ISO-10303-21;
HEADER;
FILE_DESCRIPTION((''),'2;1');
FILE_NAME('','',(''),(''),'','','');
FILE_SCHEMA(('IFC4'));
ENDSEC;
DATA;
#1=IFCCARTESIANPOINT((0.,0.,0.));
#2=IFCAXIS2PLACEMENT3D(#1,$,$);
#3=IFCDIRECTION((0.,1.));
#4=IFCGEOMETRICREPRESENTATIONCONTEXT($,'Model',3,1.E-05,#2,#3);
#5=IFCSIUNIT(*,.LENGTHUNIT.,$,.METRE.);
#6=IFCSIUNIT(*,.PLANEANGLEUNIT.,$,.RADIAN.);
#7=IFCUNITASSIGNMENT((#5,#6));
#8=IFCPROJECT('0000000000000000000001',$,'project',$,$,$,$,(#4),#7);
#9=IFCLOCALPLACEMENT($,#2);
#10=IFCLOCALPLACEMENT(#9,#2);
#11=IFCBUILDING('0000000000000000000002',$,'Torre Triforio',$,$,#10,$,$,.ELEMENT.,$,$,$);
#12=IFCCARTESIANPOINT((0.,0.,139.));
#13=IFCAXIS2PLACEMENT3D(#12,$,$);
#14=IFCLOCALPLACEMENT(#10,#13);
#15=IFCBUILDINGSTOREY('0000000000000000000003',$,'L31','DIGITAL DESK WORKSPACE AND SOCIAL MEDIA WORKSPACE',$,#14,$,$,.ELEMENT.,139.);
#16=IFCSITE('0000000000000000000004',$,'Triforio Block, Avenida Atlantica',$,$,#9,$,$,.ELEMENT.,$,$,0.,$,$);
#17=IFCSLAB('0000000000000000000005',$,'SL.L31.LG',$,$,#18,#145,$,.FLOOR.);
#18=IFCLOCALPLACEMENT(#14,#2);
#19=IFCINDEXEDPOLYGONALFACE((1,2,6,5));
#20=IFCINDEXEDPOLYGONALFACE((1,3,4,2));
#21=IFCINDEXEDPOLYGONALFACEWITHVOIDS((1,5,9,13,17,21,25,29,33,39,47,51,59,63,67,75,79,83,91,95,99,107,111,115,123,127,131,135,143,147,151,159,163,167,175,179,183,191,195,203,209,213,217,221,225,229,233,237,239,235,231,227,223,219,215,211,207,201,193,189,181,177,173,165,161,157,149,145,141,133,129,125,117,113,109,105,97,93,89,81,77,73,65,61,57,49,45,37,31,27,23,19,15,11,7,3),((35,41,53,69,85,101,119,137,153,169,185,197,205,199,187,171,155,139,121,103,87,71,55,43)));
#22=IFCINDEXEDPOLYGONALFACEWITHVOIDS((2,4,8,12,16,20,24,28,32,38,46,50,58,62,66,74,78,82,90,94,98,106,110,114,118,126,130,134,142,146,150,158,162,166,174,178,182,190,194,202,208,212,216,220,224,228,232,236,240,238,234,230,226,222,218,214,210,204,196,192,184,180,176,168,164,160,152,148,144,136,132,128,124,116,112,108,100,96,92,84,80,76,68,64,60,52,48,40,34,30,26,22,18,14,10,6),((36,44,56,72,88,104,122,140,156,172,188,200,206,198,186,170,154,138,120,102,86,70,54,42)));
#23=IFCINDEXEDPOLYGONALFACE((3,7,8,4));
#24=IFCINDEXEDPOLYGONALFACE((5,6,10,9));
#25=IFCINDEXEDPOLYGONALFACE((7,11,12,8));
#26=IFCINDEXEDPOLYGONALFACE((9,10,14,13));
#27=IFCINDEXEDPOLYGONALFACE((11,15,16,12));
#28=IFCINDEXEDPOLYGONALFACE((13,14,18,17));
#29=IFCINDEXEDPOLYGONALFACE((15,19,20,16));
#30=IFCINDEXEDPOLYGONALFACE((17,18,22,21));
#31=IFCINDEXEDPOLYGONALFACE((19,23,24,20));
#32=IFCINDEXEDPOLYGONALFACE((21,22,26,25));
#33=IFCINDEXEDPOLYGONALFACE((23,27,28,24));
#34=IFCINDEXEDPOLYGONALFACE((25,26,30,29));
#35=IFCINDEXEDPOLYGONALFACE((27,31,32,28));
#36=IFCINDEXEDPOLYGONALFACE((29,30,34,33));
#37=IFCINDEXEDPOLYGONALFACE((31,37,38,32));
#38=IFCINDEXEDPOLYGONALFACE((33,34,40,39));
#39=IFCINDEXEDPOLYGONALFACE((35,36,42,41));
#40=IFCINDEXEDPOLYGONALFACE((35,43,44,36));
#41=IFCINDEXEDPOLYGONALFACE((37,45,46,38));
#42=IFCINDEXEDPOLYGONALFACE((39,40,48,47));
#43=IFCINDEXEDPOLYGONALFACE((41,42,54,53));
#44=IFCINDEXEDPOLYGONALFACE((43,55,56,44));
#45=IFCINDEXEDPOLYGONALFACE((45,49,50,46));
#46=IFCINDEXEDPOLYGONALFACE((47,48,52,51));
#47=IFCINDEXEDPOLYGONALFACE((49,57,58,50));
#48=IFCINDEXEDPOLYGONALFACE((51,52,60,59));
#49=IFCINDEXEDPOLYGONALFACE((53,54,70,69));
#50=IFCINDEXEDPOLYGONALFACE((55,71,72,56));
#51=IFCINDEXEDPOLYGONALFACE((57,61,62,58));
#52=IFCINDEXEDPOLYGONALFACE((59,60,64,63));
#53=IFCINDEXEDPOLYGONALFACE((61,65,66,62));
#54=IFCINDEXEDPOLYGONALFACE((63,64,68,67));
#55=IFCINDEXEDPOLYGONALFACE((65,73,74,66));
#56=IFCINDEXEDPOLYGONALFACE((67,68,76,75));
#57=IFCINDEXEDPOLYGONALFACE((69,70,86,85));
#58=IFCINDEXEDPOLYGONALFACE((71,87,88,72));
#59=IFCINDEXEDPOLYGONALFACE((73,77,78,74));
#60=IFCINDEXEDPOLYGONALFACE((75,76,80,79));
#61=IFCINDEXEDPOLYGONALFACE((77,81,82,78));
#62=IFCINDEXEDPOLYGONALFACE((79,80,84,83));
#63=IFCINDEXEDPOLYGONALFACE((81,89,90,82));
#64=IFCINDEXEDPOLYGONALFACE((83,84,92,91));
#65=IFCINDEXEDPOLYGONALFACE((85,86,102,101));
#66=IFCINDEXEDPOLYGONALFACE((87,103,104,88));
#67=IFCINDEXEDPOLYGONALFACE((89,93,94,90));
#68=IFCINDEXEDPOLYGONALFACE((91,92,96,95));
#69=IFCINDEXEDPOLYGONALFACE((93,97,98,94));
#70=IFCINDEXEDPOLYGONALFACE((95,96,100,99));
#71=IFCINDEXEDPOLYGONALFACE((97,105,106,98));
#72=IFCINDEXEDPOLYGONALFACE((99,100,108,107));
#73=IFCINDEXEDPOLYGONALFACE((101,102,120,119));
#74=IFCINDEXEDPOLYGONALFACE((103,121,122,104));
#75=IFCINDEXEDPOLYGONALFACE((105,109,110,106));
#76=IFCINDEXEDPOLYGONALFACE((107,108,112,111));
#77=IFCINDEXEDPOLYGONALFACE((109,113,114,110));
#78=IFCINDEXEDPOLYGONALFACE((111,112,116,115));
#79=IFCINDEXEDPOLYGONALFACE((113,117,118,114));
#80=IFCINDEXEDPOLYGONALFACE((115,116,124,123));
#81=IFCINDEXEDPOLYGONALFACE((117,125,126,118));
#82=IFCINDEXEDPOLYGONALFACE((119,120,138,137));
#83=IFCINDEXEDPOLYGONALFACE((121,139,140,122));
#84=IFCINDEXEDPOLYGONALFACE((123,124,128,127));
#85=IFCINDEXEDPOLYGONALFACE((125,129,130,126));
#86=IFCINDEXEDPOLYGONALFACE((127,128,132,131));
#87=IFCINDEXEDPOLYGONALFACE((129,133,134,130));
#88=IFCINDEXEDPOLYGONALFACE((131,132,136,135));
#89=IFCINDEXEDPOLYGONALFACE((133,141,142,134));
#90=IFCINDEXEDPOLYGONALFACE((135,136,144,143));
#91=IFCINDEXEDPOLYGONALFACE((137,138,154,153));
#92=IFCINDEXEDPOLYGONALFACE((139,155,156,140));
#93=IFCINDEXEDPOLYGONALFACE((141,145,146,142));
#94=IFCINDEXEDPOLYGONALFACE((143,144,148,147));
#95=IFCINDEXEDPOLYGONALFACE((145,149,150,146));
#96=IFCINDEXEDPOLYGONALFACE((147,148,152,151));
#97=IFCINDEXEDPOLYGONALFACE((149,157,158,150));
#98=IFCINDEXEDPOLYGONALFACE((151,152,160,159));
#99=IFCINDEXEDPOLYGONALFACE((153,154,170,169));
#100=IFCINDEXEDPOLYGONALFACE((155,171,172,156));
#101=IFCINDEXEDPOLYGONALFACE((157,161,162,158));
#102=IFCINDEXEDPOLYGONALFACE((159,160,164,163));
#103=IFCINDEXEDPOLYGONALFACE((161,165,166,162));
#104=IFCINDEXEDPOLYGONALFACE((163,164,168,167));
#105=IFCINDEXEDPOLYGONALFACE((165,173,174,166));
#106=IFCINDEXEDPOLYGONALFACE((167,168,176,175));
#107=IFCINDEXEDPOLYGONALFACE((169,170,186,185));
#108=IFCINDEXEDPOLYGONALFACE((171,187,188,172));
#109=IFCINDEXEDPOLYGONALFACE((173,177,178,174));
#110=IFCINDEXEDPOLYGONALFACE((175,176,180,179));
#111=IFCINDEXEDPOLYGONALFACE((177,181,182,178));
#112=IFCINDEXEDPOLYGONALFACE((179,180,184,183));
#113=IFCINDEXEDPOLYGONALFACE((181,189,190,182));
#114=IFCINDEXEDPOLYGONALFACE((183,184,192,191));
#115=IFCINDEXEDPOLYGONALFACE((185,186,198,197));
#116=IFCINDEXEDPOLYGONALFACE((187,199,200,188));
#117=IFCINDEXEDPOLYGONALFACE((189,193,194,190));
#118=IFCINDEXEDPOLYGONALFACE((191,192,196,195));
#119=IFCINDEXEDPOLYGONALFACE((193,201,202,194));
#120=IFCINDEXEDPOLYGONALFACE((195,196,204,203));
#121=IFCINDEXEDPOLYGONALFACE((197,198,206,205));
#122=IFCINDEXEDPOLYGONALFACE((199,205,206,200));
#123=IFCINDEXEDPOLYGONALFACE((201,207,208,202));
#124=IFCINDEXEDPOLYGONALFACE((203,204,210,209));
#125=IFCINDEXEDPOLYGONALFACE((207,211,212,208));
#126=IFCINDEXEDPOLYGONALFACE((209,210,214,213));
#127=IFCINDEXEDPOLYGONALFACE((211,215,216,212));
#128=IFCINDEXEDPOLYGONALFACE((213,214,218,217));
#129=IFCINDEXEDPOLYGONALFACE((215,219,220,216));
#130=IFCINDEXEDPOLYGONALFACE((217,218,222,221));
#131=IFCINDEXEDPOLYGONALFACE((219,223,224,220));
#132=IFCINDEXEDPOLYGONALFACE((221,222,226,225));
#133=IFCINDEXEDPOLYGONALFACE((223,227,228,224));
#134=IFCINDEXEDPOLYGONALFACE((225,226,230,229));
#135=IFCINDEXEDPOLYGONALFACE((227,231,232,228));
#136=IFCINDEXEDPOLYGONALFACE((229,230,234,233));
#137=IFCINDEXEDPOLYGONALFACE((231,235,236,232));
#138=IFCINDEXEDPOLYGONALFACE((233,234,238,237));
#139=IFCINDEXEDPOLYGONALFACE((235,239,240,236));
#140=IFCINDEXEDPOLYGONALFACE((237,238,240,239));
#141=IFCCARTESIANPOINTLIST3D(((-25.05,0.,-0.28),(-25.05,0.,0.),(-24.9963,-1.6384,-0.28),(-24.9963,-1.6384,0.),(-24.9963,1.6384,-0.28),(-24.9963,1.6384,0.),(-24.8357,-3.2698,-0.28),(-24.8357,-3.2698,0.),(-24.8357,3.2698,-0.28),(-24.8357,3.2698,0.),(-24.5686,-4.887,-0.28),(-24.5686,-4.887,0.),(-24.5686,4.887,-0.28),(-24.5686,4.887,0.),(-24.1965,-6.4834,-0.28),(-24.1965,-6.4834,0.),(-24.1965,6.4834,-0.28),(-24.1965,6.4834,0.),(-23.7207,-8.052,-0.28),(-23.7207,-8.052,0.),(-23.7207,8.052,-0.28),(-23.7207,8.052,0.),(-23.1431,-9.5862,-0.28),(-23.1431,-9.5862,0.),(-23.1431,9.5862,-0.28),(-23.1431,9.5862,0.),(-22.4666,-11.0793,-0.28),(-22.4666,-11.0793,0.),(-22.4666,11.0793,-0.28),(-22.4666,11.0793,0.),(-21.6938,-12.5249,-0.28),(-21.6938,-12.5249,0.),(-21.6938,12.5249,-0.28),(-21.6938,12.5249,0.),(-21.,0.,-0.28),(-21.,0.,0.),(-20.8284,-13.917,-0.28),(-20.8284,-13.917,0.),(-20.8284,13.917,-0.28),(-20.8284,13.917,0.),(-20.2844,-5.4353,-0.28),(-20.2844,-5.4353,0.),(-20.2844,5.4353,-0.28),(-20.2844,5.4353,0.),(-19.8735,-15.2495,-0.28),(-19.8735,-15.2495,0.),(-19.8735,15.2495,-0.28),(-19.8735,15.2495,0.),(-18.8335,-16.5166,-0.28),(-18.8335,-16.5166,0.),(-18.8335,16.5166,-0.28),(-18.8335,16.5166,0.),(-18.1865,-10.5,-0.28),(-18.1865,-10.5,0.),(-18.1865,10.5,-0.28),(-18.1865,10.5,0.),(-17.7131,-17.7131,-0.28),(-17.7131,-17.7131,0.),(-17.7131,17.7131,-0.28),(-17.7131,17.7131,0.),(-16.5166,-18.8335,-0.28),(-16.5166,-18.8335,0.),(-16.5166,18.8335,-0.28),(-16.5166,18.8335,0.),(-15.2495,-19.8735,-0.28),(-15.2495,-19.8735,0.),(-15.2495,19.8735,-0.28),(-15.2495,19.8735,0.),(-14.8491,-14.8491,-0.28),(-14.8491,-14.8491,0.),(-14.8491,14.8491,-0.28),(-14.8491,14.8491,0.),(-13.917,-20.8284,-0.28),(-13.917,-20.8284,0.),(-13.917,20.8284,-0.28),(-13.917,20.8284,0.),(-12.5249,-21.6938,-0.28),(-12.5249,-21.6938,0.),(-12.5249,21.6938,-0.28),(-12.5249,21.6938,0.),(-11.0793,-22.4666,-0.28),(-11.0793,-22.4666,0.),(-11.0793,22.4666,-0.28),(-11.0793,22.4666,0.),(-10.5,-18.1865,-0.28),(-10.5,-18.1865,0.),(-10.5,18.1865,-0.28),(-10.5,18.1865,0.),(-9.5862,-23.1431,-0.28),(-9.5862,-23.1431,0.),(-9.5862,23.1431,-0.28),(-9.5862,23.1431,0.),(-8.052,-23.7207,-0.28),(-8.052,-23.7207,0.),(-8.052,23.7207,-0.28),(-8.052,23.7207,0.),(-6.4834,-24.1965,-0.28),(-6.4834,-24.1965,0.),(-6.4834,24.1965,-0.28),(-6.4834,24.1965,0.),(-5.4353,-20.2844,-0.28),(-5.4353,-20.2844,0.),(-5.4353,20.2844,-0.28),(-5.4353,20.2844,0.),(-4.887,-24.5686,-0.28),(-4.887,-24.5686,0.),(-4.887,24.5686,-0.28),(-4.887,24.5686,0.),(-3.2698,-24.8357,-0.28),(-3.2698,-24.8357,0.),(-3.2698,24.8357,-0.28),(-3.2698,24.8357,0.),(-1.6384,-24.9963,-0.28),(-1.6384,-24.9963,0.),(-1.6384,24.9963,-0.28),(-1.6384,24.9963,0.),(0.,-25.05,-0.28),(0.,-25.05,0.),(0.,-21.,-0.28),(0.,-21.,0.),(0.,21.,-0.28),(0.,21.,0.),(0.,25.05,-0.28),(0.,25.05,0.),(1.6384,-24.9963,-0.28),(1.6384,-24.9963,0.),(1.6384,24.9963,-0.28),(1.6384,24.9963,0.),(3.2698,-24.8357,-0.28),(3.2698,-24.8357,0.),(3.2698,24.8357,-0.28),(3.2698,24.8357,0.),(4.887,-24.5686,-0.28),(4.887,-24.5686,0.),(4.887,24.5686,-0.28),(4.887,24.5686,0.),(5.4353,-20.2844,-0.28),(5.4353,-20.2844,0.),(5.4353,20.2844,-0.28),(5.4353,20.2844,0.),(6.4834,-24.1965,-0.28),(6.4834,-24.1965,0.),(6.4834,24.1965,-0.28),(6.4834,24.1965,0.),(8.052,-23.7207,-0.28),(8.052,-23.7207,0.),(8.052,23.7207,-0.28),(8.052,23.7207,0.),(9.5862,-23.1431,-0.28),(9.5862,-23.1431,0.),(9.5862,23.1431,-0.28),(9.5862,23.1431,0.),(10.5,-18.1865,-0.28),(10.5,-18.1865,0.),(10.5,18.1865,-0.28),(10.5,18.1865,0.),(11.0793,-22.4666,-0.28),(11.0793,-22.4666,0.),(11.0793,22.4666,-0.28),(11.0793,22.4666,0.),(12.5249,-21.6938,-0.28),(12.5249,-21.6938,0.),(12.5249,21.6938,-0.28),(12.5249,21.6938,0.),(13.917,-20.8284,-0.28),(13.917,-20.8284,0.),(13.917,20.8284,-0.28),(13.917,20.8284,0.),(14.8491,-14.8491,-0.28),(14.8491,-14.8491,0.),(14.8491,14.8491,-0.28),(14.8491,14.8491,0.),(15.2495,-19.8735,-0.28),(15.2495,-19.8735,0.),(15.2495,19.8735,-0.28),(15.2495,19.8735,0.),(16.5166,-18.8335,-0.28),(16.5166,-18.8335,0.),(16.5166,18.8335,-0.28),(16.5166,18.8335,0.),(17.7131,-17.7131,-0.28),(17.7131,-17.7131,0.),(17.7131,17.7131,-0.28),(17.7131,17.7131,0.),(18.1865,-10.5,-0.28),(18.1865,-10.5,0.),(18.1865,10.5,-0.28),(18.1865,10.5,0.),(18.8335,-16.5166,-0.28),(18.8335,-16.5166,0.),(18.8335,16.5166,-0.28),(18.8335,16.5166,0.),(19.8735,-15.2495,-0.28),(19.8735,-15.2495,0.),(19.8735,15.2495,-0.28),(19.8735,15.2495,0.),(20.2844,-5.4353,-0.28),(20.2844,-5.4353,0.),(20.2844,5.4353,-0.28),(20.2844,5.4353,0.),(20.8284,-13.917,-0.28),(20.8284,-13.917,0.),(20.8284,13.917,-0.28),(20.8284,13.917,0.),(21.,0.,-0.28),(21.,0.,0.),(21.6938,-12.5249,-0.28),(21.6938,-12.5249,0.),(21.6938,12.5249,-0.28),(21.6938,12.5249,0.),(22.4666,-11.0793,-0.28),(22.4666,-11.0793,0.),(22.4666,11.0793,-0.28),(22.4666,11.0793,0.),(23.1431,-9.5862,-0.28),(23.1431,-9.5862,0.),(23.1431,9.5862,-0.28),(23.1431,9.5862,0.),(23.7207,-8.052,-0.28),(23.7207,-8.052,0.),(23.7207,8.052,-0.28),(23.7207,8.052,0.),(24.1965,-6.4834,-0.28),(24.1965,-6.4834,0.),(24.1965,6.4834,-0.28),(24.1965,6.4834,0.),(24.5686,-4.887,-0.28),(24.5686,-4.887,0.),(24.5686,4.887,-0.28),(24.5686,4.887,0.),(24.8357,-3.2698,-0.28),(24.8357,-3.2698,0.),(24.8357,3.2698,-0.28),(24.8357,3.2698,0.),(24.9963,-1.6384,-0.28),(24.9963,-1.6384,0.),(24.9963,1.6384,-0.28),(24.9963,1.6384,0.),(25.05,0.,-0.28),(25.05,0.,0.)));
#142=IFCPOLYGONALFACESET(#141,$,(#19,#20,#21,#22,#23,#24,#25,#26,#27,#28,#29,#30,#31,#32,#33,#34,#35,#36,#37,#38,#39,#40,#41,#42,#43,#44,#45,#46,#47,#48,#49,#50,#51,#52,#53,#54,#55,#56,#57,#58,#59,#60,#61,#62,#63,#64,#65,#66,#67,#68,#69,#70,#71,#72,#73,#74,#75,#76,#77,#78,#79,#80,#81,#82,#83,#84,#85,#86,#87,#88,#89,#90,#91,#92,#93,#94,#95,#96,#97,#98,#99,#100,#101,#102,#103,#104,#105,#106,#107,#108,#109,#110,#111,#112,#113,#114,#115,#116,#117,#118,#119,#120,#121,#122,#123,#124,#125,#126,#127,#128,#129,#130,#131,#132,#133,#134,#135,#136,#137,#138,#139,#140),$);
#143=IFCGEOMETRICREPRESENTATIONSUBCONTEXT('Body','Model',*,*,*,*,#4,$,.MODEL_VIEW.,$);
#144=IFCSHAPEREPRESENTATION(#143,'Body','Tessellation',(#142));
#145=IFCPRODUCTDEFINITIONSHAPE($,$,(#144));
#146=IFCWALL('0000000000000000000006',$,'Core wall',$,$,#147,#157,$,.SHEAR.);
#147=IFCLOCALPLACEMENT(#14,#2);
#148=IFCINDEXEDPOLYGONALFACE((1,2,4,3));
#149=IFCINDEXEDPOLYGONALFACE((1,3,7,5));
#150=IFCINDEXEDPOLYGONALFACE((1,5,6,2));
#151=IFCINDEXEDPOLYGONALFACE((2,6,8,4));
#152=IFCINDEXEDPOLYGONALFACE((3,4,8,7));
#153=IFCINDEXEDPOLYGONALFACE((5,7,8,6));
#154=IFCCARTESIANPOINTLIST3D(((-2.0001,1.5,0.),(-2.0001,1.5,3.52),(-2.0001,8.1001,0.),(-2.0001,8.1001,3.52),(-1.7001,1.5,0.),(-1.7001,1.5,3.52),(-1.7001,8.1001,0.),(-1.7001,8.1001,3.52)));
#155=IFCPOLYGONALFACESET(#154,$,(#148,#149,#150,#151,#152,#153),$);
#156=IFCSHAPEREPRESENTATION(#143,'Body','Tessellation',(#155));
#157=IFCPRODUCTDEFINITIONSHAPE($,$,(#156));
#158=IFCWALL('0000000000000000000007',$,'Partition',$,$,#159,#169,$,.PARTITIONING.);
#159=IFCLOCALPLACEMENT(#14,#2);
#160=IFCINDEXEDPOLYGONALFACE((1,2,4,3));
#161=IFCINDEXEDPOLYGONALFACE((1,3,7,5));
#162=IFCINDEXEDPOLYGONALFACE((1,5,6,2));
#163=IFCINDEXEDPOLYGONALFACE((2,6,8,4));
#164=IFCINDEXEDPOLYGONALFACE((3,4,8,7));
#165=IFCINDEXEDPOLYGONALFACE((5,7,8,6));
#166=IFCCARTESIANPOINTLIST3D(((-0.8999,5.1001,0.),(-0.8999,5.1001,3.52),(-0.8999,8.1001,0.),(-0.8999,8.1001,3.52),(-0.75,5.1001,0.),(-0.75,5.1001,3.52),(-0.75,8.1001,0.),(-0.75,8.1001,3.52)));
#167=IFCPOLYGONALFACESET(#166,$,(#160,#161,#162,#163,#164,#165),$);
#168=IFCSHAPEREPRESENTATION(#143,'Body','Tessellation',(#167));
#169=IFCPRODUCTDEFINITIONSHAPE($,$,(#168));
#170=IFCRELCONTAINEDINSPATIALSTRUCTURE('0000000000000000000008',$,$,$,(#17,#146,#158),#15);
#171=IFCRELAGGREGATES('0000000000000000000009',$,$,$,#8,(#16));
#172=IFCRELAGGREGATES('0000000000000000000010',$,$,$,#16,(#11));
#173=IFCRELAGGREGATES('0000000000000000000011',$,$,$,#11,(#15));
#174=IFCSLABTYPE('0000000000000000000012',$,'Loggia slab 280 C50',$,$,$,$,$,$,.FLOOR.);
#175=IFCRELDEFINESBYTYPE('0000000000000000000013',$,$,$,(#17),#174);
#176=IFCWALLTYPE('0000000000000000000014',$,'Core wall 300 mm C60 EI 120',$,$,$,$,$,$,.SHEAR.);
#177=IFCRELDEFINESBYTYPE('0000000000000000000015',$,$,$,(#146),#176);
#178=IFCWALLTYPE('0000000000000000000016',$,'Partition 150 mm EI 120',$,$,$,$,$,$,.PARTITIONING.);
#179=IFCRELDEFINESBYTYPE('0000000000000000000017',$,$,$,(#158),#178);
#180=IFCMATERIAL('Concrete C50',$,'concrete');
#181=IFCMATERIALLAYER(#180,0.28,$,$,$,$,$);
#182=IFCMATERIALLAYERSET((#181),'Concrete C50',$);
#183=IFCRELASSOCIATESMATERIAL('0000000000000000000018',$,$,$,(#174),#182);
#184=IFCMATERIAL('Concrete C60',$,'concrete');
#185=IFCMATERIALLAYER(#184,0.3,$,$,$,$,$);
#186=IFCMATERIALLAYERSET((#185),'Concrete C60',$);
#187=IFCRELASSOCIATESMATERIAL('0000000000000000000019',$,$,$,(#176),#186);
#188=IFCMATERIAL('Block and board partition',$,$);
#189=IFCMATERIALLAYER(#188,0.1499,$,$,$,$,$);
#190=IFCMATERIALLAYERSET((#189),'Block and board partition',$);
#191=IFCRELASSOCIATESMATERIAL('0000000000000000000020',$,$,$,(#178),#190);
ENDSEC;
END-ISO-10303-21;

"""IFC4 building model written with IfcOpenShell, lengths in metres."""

from ifc_helpers import new_model, si_unit, direction, frame, frame_2d, origin, place, context, subcontext, project, spatial, polyline, rectangle, outline, extrude, material, layer, layer_set, type_object, element, save


model = new_model("IFC4")

# Units and contexts
model_context = context("Model", 3, precision=1e-05, world=origin(), true_north=direction((0.0, 1.0)))
body_context = subcontext(model_context, "Body", "Model", "MODEL_VIEW")
ifc_project = project(units=[si_unit("LENGTHUNIT", "METRE"), si_unit("PLANEANGLEUNIT", "RADIAN")], contexts=[model_context])

# Site, building, storey
site_placement = place(None, origin())
site = spatial("IfcSite", under=ifc_project, at=site_placement, Name="Triforio Block, Avenida Atlantica", CompositionType="ELEMENT", RefElevation=0.0)
building_placement = place(site_placement, origin())
building = spatial("IfcBuilding", under=site, at=building_placement, Name="Torre Triforio", CompositionType="ELEMENT")
storey_placement = place(building_placement, frame((0.0, 0.0, 139.0)))
storey = spatial("IfcBuildingStorey", under=building, at=storey_placement, Name="L31", Description="DIGITAL DESK WORKSPACE AND SOCIAL MEDIA WORKSPACE", CompositionType="ELEMENT", Elevation=139.0)

# Shared definitions
ifc_material_1 = material(Name="Concrete C50", Category="concrete")

# Slab
ifc_layer_1 = layer(ifc_material_1, 0.28)
ifc_layer_set_1 = layer_set([ifc_layer_1], Name="Concrete C50")
slab_type_1 = type_object("IfcSlabType", Name="Loggia slab 280 C50", PredefinedType="FLOOR", material=ifc_layer_set_1)
slab_1_placement = place(storey_placement, frame((0.0, 0.0, -0.28)))
element("IfcSlab", 1, at=slab_1_placement, inside=storey, type_object=slab_type_1, Name="SL.L31.LG", PredefinedType="FLOOR", context=body_context, shape_type="SweptSolid", body=[
    extrude(outline(polyline([(24.9963, -1.6384), (25.05, 0.0), (24.9963, 1.6384), (24.8357, 3.2698), (24.5686, 4.887), (24.1965, 6.4834), (23.7207, 8.052), (23.1431, 9.5862), (22.4666, 11.0793), (21.6938, 12.5249), (20.8284, 13.917), (19.8735, 15.2495), (18.8335, 16.5166), (17.7131, 17.7131), (16.5166, 18.8335), (15.2495, 19.8735), (13.917, 20.8284), (12.5249, 21.6938), (11.0793, 22.4666), (9.5862, 23.1431), (8.052, 23.7207), (6.4834, 24.1965), (4.887, 24.5686), (3.2698, 24.8357), (1.6384, 24.9963), (0.0, 25.05), (-1.6384, 24.9963), (-3.2698, 24.8357), (-4.887, 24.5686), (-6.4834, 24.1965), (-8.052, 23.7207), (-9.5862, 23.1431), (-11.0793, 22.4666), (-12.5249, 21.6938), (-13.917, 20.8284), (-15.2495, 19.8735), (-16.5166, 18.8335), (-17.7131, 17.7131), (-18.8335, 16.5166), (-19.8735, 15.2495), (-20.8284, 13.917), (-21.6938, 12.5249), (-22.4666, 11.0793), (-23.1431, 9.5862), (-23.7207, 8.052), (-24.1965, 6.4834), (-24.5686, 4.887), (-24.8357, 3.2698), (-24.9963, 1.6384), (-25.05, 0.0), (-24.9963, -1.6384), (-24.8357, -3.2698), (-24.5686, -4.887), (-24.1965, -6.4834), (-23.7207, -8.052), (-23.1431, -9.5862), (-22.4666, -11.0793), (-21.6938, -12.5249), (-20.8284, -13.917), (-19.8735, -15.2495), (-18.8335, -16.5166), (-17.7131, -17.7131), (-16.5166, -18.8335), (-15.2495, -19.8735), (-13.917, -20.8284), (-12.5249, -21.6938), (-11.0793, -22.4666), (-9.5862, -23.1431), (-8.052, -23.7207), (-6.4834, -24.1965), (-4.887, -24.5686), (-3.2698, -24.8357), (-1.6384, -24.9963), (0.0, -25.05), (1.6384, -24.9963), (3.2698, -24.8357), (4.887, -24.5686), (6.4834, -24.1965), (8.052, -23.7207), (9.5862, -23.1431), (11.0793, -22.4666), (12.5249, -21.6938), (13.917, -20.8284), (15.2495, -19.8735), (16.5166, -18.8335), (17.7131, -17.7131), (18.8335, -16.5166), (19.8735, -15.2495), (20.8284, -13.917), (21.6938, -12.5249), (22.4666, -11.0793), (23.1431, -9.5862), (23.7207, -8.052), (24.1965, -6.4834), (24.5686, -4.887), (24.8357, -3.2698), (24.9963, -1.6384)]), holes=[polyline([(20.2844, 5.4353), (21.0, 0.0), (20.2844, -5.4353), (18.1865, -10.5), (14.8491, -14.8491), (10.5, -18.1865), (5.4353, -20.2844), (0.0, -21.0), (-5.4353, -20.2844), (-10.5, -18.1865), (-14.8491, -14.8491), (-18.1865, -10.5), (-20.2844, -5.4353), (-21.0, 0.0), (-20.2844, 5.4353), (-18.1865, 10.5), (-14.8491, 14.8491), (-10.5, 18.1865), (-5.4353, 20.2844), (0.0, 21.0), (5.4353, 20.2844), (10.5, 18.1865), (14.8491, 14.8491), (18.1865, 10.5), (20.2844, 5.4353)])]), origin(), (0.0, 0.0, 1.0), 0.28),
])

# Walls
ifc_material_2 = material(Name="Concrete C60", Category="concrete")
ifc_layer_2 = layer(ifc_material_2, 0.3)
ifc_layer_set_2 = layer_set([ifc_layer_2], Name="Concrete C60")
wall_type_1 = type_object("IfcWallType", Name="Core wall 300 mm C60 EI 120", PredefinedType="SHEAR", material=ifc_layer_set_2)
wall_1_placement = place(storey_placement, frame((-1.8501, 1.5, 0.0), z_axis=(0.0, 0.0, 1.0), x_axis=(0.0, 1.0, 0.0)))
element("IfcWall", 2, at=wall_1_placement, inside=storey, type_object=wall_type_1, Name="Core wall", PredefinedType="SHEAR", context=body_context, shape_type="SweptSolid", body=[
    extrude(rectangle(XDim=6.6001, YDim=0.3, at=frame_2d((3.3, 0.0))), origin(), (0.0, 0.0, 1.0), 3.52),
])
ifc_material_3 = material(Name="Block and board partition")
ifc_layer_3 = layer(ifc_material_3, 0.1499)
ifc_layer_set_3 = layer_set([ifc_layer_3], Name="Block and board partition")
wall_type_2 = type_object("IfcWallType", Name="Partition 150 mm EI 120", PredefinedType="PARTITIONING", material=ifc_layer_set_3)
wall_2_placement = place(storey_placement, frame((-0.825, 5.1001, 0.0), z_axis=(0.0, 0.0, 1.0), x_axis=(0.0, 1.0, 0.0)))
element("IfcWall", 3, at=wall_2_placement, inside=storey, type_object=wall_type_2, Name="Partition", PredefinedType="PARTITIONING", context=body_context, shape_type="SweptSolid", body=[
    extrude(rectangle(XDim=3.0, YDim=0.1499, at=frame_2d((1.5, 0.0))), origin(), (0.0, 0.0, 1.0), 3.52),
])

save(model, "model.ifc")
